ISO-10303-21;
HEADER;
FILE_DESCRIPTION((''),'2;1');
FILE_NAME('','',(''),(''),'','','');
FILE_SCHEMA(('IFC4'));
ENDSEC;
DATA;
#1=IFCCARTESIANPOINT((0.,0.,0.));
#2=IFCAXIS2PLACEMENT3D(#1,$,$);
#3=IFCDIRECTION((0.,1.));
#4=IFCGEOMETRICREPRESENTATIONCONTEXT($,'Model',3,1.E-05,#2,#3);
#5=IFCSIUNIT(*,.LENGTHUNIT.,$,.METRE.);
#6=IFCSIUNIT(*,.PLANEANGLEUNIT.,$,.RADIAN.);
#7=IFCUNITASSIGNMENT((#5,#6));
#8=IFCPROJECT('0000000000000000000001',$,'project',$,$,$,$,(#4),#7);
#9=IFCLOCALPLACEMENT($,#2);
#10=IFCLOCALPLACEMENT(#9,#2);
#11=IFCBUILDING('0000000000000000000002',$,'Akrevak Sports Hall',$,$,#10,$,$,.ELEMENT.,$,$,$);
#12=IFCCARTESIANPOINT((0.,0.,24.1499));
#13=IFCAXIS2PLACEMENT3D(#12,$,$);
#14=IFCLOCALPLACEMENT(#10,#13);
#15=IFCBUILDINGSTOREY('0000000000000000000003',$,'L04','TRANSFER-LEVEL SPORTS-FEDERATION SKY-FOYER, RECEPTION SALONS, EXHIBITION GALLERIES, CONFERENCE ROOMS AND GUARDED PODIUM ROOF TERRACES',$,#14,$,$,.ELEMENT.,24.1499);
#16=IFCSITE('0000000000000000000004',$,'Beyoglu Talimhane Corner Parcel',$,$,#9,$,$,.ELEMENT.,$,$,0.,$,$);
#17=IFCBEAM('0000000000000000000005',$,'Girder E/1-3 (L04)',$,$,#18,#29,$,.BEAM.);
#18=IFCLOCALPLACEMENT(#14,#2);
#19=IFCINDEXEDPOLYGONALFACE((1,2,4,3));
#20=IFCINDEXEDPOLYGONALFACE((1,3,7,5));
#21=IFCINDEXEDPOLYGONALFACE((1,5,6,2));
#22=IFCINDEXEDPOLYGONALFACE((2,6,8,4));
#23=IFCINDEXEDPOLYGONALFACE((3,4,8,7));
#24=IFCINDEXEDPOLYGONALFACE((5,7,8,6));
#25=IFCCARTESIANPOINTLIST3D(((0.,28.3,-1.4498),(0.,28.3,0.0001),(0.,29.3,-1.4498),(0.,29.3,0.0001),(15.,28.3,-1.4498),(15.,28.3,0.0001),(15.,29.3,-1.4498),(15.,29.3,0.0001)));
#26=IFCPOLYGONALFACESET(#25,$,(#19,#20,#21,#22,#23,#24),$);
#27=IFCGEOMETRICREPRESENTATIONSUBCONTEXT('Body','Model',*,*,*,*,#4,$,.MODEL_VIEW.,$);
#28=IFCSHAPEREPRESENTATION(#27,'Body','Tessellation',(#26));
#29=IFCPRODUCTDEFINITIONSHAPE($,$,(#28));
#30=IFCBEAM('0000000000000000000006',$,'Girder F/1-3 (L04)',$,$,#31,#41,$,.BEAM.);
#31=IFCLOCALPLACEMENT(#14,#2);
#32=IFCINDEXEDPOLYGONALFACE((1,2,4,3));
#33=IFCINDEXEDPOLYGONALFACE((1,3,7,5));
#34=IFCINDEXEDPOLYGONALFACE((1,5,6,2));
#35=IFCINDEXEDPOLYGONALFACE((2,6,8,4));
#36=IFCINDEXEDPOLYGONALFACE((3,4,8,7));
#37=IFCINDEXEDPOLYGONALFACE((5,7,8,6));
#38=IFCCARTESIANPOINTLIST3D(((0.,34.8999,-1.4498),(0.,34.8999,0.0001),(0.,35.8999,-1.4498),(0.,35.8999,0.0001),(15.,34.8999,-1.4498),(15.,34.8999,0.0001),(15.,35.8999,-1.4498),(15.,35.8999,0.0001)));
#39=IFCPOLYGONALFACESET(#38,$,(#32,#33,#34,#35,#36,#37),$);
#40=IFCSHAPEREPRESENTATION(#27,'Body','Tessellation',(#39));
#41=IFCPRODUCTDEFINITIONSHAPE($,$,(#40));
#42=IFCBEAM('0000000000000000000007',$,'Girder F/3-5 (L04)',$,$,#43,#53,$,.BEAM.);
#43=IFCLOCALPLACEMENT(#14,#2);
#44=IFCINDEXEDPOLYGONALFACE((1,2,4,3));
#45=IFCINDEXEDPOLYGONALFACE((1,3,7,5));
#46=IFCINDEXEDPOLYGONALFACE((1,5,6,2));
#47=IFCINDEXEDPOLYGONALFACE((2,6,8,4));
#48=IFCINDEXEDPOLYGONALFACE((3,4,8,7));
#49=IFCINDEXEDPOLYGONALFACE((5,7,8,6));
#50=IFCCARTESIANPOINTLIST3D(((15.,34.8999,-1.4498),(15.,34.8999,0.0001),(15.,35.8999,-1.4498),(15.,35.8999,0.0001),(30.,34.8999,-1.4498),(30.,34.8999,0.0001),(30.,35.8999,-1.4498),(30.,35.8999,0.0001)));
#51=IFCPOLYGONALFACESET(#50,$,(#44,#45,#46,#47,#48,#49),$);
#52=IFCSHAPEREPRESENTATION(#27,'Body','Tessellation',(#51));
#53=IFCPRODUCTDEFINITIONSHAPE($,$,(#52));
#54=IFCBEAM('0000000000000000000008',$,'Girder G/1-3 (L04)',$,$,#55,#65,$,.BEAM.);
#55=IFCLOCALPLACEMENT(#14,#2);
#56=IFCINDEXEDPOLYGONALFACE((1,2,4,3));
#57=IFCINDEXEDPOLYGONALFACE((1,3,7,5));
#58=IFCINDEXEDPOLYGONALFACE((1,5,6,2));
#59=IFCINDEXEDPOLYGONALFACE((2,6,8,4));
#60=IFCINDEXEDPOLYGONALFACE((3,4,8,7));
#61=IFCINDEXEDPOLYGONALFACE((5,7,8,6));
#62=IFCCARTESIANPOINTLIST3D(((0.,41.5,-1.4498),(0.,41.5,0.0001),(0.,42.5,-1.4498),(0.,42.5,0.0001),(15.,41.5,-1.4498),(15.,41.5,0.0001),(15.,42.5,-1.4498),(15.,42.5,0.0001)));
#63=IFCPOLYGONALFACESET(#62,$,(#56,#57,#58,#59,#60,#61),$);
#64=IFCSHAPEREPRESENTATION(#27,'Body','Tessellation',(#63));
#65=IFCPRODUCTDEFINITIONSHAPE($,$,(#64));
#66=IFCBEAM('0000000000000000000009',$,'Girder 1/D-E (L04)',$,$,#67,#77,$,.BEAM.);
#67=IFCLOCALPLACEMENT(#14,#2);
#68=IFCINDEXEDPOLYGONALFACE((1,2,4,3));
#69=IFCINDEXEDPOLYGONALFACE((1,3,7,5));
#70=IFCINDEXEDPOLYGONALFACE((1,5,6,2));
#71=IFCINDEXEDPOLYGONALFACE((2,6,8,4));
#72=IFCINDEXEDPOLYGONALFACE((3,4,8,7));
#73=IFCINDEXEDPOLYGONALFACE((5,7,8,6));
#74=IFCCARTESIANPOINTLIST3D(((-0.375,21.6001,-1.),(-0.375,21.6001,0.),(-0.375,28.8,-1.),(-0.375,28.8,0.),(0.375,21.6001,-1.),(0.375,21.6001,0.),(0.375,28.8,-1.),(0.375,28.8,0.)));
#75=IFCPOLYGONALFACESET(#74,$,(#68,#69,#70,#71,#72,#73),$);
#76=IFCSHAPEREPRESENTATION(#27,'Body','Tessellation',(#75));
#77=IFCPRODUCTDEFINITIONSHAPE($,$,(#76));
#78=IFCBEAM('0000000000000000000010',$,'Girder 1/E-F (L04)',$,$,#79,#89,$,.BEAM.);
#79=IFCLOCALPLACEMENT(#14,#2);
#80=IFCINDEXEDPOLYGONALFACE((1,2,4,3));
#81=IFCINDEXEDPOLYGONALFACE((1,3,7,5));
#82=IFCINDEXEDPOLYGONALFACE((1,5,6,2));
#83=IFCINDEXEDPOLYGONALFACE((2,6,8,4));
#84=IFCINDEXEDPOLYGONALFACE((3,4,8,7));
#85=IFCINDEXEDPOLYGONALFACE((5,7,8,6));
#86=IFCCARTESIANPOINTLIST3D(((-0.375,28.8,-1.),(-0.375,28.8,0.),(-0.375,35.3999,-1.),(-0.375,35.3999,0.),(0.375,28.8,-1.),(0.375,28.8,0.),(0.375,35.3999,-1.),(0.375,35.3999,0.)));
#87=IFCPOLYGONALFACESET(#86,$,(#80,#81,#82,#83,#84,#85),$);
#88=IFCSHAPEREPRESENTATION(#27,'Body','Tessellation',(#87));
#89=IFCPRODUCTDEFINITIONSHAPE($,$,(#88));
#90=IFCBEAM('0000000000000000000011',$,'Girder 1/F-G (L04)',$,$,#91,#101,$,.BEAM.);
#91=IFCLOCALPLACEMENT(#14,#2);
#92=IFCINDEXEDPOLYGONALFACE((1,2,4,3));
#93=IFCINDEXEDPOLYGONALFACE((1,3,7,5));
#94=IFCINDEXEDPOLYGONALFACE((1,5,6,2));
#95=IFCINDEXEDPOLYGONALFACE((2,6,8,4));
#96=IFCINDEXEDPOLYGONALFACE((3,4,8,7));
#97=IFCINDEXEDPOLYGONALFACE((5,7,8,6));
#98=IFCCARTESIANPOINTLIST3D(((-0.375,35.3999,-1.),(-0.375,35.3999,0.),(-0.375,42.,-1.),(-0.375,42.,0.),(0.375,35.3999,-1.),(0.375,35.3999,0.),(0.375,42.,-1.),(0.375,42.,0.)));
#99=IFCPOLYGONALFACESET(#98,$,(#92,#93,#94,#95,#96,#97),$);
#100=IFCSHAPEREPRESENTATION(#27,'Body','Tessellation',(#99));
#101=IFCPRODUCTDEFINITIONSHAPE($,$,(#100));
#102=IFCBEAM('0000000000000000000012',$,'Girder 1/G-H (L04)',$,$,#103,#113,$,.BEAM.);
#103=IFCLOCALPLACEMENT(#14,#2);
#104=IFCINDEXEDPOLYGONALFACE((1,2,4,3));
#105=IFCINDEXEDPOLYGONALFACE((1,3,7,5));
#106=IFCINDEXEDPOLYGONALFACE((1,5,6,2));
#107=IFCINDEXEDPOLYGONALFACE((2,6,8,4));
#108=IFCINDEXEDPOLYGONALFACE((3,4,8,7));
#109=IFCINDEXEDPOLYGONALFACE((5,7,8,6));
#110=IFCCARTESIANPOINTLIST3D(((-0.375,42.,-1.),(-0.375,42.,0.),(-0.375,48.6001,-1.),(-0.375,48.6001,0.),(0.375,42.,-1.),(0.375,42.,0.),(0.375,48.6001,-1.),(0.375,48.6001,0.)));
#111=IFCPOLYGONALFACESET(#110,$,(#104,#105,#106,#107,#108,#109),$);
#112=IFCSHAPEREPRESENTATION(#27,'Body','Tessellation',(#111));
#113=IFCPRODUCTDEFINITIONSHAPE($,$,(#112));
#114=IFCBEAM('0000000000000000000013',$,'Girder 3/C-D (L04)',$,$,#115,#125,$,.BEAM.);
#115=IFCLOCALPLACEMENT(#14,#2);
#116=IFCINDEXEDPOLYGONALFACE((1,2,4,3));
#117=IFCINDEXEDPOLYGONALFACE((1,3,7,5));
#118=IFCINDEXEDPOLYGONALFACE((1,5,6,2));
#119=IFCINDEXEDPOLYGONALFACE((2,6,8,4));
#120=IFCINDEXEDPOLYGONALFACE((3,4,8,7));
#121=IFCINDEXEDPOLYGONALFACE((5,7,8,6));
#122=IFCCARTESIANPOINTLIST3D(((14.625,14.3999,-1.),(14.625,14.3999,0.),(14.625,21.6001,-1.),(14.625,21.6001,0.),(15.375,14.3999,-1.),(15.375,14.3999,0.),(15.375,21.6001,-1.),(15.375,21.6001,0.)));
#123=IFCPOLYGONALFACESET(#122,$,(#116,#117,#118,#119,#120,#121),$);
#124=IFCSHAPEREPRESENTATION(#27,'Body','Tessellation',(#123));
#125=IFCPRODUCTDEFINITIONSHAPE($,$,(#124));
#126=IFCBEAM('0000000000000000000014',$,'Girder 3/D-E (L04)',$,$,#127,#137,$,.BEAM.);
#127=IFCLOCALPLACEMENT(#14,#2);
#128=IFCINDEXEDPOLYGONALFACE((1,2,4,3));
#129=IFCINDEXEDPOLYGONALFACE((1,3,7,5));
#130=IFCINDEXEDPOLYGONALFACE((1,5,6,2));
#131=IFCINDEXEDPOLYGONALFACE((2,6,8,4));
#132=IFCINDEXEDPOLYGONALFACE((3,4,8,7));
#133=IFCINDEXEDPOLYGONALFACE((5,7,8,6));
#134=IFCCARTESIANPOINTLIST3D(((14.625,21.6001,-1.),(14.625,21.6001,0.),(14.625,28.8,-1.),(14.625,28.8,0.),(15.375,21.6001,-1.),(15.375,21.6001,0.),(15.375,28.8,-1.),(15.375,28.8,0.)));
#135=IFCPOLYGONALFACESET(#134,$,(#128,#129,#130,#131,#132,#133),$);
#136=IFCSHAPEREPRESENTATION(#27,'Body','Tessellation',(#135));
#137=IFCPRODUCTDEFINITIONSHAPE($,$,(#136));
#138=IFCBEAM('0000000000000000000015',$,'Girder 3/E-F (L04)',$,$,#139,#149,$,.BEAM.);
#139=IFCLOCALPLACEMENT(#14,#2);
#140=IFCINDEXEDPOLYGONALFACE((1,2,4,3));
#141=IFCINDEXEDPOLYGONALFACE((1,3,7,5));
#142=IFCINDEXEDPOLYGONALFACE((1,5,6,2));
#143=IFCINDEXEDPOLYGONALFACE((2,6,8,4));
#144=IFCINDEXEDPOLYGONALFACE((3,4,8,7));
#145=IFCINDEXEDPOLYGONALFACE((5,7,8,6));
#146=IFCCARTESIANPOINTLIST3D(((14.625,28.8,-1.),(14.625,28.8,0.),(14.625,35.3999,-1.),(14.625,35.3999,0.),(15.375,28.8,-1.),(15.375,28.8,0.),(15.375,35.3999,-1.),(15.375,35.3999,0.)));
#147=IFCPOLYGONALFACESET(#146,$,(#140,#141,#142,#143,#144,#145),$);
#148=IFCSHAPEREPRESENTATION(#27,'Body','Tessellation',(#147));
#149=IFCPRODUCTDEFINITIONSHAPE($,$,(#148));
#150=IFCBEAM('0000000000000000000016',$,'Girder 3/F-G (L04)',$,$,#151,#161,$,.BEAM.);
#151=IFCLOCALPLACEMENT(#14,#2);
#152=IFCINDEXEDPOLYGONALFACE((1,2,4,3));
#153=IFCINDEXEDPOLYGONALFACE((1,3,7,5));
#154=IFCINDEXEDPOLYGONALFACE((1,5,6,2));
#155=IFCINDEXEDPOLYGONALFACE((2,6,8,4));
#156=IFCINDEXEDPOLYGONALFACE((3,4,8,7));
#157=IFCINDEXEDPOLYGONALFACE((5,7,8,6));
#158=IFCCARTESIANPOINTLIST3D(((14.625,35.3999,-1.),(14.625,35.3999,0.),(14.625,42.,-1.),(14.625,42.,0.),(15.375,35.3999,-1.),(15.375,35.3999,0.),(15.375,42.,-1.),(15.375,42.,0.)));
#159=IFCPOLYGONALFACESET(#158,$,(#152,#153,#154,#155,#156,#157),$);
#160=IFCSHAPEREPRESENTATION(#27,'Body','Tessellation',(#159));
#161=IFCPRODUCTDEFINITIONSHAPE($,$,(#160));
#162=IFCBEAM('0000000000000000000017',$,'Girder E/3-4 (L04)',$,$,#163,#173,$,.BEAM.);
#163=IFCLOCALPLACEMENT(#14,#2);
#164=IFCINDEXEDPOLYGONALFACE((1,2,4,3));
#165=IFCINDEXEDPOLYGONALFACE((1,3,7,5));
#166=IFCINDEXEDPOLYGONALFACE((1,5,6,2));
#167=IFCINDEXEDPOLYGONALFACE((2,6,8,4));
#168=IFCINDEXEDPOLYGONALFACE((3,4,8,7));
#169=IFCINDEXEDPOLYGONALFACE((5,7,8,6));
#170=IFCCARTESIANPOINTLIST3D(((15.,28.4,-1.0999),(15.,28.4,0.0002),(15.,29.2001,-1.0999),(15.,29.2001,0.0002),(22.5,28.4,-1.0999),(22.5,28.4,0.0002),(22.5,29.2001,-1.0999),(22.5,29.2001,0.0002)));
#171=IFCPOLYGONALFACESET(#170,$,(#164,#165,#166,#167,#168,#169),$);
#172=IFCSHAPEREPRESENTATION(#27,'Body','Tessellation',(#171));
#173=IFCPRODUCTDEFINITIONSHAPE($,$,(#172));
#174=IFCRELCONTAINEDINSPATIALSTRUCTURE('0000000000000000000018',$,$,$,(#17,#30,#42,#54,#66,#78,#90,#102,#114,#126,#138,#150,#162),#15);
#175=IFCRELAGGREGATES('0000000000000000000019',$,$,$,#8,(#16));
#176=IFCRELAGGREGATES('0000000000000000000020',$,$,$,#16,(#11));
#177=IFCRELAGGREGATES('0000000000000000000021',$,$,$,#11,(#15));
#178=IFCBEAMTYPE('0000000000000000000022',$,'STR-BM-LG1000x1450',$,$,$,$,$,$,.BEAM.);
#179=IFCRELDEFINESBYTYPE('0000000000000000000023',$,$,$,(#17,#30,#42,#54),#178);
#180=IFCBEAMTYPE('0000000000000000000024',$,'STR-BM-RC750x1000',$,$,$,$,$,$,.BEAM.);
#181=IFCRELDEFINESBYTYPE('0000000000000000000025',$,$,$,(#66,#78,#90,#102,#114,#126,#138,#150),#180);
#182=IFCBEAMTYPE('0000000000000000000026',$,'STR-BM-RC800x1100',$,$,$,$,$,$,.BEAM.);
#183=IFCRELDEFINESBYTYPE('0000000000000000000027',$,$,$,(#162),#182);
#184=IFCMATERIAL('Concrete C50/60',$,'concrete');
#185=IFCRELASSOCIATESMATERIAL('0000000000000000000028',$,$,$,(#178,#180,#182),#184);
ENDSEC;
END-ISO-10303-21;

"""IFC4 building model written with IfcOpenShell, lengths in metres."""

from ifc_helpers import new_model, si_unit, direction, frame, origin, origin_2d, place, context, subcontext, project, spatial, rectangle, extrude, material, material_profile, profile_set, type_object, element, save


model = new_model("IFC4")

# Units and contexts
model_context = context("Model", 3, precision=1e-05, world=origin(), true_north=direction((0.0, 1.0)))
body_context = subcontext(model_context, "Body", "Model", "MODEL_VIEW")
ifc_project = project(units=[si_unit("LENGTHUNIT", "METRE"), si_unit("PLANEANGLEUNIT", "RADIAN")], contexts=[model_context])

# Site, building, storey
site_placement = place(None, origin())
site = spatial("IfcSite", under=ifc_project, at=site_placement, Name="Beyoglu Talimhane Corner Parcel", CompositionType="ELEMENT", RefElevation=0.0)
building_placement = place(site_placement, origin())
building = spatial("IfcBuilding", under=site, at=building_placement, Name="Akrevak Sports Hall", CompositionType="ELEMENT")
storey_placement = place(building_placement, frame((0.0, 0.0, 24.1499)))
storey = spatial("IfcBuildingStorey", under=building, at=storey_placement, Name="L04", Description="TRANSFER-LEVEL SPORTS-FEDERATION SKY-FOYER, RECEPTION SALONS, EXHIBITION GALLERIES, CONFERENCE ROOMS AND GUARDED PODIUM ROOF TERRACES", CompositionType="ELEMENT", Elevation=24.1499)

# Beams
ifc_material_1 = material(Name="Concrete C50/60", Category="concrete")
ifc_material_profile_1 = material_profile(ifc_material_1, rectangle(XDim=1.0, YDim=1.45, at=origin_2d()), Name="BM 1000x1450", Category="concrete")
ifc_profile_set_1 = profile_set([ifc_material_profile_1], Name="Concrete C50/60")
beam_type_1 = type_object("IfcBeamType", Name="STR-BM-LG1000x1450", PredefinedType="BEAM", material=ifc_profile_set_1)
for number, where, z_axis, x_axis, name in (
    (1, (0.0, 28.8, -0.7249), (1.0, 0.0, 0.0), (0.0, 1.0, 0.0), "Girder E/1-3 (L04)"),
    (2, (0.0, 35.3999, -0.7249), (1.0, 0.0, 0.0), (0.0, 1.0, 0.0), "Girder F/1-3 (L04)"),
    (3, (15.0, 35.3999, -0.7249), (1.0, 0.0, 0.0), (0.0, 1.0, 0.0), "Girder F/3-5 (L04)"),
    (4, (0.0, 42.0, -0.7249), (1.0, 0.0, 0.0), (0.0, 1.0, 0.0), "Girder G/1-3 (L04)"),
):
    element("IfcBeam", number, at=place(storey_placement, frame(where, z_axis=z_axis, x_axis=x_axis)), inside=storey, type_object=beam_type_1, Name=name, PredefinedType="BEAM", context=body_context, shape_type="SweptSolid", body=[
        extrude(rectangle(XDim=1.0, YDim=1.45, at=origin_2d()), origin(), (0.0, 0.0, 1.0), 15.0),
    ])
ifc_material_profile_2 = material_profile(ifc_material_1, rectangle(XDim=0.75, YDim=1.0, at=origin_2d()), Name="BM 750x1000", Category="concrete")
ifc_profile_set_2 = profile_set([ifc_material_profile_2], Name="Concrete C50/60")
beam_type_2 = type_object("IfcBeamType", Name="STR-BM-RC750x1000", PredefinedType="BEAM", material=ifc_profile_set_2)
beam_1_placement = place(storey_placement, frame((0.0, 21.6001, -0.5), z_axis=(0.0, 1.0, 0.0), x_axis=(-1.0, 0.0, 0.0)))
element("IfcBeam", 5, at=beam_1_placement, inside=storey, type_object=beam_type_2, Name="Girder 1/D-E (L04)", PredefinedType="BEAM", context=body_context, shape_type="SweptSolid", body=[
    extrude(rectangle(XDim=0.75, YDim=1.0, at=origin_2d()), origin(), (0.0, 0.0, 1.0), 7.2),
])
beam_2_placement = place(storey_placement, frame((0.0, 28.8, -0.5), z_axis=(0.0, 1.0, 0.0), x_axis=(-1.0, 0.0, 0.0)))
element("IfcBeam", 6, at=beam_2_placement, inside=storey, type_object=beam_type_2, Name="Girder 1/E-F (L04)", PredefinedType="BEAM", context=body_context, shape_type="SweptSolid", body=[
    extrude(rectangle(XDim=0.75, YDim=1.0, at=origin_2d()), origin(), (0.0, 0.0, 1.0), 6.5999),
])
for number, where, z_axis, x_axis, name in (
    (7, (0.0, 35.3999, -0.5), (0.0, 1.0, 0.0), (-1.0, 0.0, 0.0), "Girder 1/F-G (L04)"),
    (8, (0.0, 42.0, -0.5), (0.0, 1.0, 0.0), (-1.0, 0.0, 0.0), "Girder 1/G-H (L04)"),
):
    element("IfcBeam", number, at=place(storey_placement, frame(where, z_axis=z_axis, x_axis=x_axis)), inside=storey, type_object=beam_type_2, Name=name, PredefinedType="BEAM", context=body_context, shape_type="SweptSolid", body=[
        extrude(rectangle(XDim=0.75, YDim=1.0, at=origin_2d()), origin(), (0.0, 0.0, 1.0), 6.6001),
    ])
beam_3_placement = place(storey_placement, frame((15.0, 14.3999, -0.5), z_axis=(0.0, 1.0, 0.0), x_axis=(-1.0, 0.0, 0.0)))
element("IfcBeam", 9, at=beam_3_placement, inside=storey, type_object=beam_type_2, Name="Girder 3/C-D (L04)", PredefinedType="BEAM", context=body_context, shape_type="SweptSolid", body=[
    extrude(rectangle(XDim=0.75, YDim=1.0, at=origin_2d()), origin(), (0.0, 0.0, 1.0), 7.2002),
])
beam_4_placement = place(storey_placement, frame((15.0, 21.6001, -0.5), z_axis=(0.0, 1.0, 0.0), x_axis=(-1.0, 0.0, 0.0)))
element("IfcBeam", 10, at=beam_4_placement, inside=storey, type_object=beam_type_2, Name="Girder 3/D-E (L04)", PredefinedType="BEAM", context=body_context, shape_type="SweptSolid", body=[
    extrude(rectangle(XDim=0.75, YDim=1.0, at=origin_2d()), origin(), (0.0, 0.0, 1.0), 7.2),
])
beam_5_placement = place(storey_placement, frame((15.0, 28.8, -0.5), z_axis=(0.0, 1.0, 0.0), x_axis=(-1.0, 0.0, 0.0)))
element("IfcBeam", 11, at=beam_5_placement, inside=storey, type_object=beam_type_2, Name="Girder 3/E-F (L04)", PredefinedType="BEAM", context=body_context, shape_type="SweptSolid", body=[
    extrude(rectangle(XDim=0.75, YDim=1.0, at=origin_2d()), origin(), (0.0, 0.0, 1.0), 6.5999),
])
beam_6_placement = place(storey_placement, frame((15.0, 35.3999, -0.5), z_axis=(0.0, 1.0, 0.0), x_axis=(-1.0, 0.0, 0.0)))
element("IfcBeam", 12, at=beam_6_placement, inside=storey, type_object=beam_type_2, Name="Girder 3/F-G (L04)", PredefinedType="BEAM", context=body_context, shape_type="SweptSolid", body=[
    extrude(rectangle(XDim=0.75, YDim=1.0, at=origin_2d()), origin(), (0.0, 0.0, 1.0), 6.6001),
])
ifc_material_profile_3 = material_profile(ifc_material_1, rectangle(XDim=0.8, YDim=1.1001, at=origin_2d()), Name="BM 800x1100", Category="concrete")
ifc_profile_set_3 = profile_set([ifc_material_profile_3], Name="Concrete C50/60")
beam_type_3 = type_object("IfcBeamType", Name="STR-BM-RC800x1100", PredefinedType="BEAM", material=ifc_profile_set_3)
beam_7_placement = place(storey_placement, frame((15.0, 28.8, -0.5498), z_axis=(1.0, 0.0, 0.0), x_axis=(0.0, 1.0, 0.0)))
element("IfcBeam", 13, at=beam_7_placement, inside=storey, type_object=beam_type_3, Name="Girder E/3-4 (L04)", PredefinedType="BEAM", context=body_context, shape_type="SweptSolid", body=[
    extrude(rectangle(XDim=0.8, YDim=1.1001, at=origin_2d()), origin(), (0.0, 0.0, 1.0), 7.5),
])

save(model, "model.ifc")
